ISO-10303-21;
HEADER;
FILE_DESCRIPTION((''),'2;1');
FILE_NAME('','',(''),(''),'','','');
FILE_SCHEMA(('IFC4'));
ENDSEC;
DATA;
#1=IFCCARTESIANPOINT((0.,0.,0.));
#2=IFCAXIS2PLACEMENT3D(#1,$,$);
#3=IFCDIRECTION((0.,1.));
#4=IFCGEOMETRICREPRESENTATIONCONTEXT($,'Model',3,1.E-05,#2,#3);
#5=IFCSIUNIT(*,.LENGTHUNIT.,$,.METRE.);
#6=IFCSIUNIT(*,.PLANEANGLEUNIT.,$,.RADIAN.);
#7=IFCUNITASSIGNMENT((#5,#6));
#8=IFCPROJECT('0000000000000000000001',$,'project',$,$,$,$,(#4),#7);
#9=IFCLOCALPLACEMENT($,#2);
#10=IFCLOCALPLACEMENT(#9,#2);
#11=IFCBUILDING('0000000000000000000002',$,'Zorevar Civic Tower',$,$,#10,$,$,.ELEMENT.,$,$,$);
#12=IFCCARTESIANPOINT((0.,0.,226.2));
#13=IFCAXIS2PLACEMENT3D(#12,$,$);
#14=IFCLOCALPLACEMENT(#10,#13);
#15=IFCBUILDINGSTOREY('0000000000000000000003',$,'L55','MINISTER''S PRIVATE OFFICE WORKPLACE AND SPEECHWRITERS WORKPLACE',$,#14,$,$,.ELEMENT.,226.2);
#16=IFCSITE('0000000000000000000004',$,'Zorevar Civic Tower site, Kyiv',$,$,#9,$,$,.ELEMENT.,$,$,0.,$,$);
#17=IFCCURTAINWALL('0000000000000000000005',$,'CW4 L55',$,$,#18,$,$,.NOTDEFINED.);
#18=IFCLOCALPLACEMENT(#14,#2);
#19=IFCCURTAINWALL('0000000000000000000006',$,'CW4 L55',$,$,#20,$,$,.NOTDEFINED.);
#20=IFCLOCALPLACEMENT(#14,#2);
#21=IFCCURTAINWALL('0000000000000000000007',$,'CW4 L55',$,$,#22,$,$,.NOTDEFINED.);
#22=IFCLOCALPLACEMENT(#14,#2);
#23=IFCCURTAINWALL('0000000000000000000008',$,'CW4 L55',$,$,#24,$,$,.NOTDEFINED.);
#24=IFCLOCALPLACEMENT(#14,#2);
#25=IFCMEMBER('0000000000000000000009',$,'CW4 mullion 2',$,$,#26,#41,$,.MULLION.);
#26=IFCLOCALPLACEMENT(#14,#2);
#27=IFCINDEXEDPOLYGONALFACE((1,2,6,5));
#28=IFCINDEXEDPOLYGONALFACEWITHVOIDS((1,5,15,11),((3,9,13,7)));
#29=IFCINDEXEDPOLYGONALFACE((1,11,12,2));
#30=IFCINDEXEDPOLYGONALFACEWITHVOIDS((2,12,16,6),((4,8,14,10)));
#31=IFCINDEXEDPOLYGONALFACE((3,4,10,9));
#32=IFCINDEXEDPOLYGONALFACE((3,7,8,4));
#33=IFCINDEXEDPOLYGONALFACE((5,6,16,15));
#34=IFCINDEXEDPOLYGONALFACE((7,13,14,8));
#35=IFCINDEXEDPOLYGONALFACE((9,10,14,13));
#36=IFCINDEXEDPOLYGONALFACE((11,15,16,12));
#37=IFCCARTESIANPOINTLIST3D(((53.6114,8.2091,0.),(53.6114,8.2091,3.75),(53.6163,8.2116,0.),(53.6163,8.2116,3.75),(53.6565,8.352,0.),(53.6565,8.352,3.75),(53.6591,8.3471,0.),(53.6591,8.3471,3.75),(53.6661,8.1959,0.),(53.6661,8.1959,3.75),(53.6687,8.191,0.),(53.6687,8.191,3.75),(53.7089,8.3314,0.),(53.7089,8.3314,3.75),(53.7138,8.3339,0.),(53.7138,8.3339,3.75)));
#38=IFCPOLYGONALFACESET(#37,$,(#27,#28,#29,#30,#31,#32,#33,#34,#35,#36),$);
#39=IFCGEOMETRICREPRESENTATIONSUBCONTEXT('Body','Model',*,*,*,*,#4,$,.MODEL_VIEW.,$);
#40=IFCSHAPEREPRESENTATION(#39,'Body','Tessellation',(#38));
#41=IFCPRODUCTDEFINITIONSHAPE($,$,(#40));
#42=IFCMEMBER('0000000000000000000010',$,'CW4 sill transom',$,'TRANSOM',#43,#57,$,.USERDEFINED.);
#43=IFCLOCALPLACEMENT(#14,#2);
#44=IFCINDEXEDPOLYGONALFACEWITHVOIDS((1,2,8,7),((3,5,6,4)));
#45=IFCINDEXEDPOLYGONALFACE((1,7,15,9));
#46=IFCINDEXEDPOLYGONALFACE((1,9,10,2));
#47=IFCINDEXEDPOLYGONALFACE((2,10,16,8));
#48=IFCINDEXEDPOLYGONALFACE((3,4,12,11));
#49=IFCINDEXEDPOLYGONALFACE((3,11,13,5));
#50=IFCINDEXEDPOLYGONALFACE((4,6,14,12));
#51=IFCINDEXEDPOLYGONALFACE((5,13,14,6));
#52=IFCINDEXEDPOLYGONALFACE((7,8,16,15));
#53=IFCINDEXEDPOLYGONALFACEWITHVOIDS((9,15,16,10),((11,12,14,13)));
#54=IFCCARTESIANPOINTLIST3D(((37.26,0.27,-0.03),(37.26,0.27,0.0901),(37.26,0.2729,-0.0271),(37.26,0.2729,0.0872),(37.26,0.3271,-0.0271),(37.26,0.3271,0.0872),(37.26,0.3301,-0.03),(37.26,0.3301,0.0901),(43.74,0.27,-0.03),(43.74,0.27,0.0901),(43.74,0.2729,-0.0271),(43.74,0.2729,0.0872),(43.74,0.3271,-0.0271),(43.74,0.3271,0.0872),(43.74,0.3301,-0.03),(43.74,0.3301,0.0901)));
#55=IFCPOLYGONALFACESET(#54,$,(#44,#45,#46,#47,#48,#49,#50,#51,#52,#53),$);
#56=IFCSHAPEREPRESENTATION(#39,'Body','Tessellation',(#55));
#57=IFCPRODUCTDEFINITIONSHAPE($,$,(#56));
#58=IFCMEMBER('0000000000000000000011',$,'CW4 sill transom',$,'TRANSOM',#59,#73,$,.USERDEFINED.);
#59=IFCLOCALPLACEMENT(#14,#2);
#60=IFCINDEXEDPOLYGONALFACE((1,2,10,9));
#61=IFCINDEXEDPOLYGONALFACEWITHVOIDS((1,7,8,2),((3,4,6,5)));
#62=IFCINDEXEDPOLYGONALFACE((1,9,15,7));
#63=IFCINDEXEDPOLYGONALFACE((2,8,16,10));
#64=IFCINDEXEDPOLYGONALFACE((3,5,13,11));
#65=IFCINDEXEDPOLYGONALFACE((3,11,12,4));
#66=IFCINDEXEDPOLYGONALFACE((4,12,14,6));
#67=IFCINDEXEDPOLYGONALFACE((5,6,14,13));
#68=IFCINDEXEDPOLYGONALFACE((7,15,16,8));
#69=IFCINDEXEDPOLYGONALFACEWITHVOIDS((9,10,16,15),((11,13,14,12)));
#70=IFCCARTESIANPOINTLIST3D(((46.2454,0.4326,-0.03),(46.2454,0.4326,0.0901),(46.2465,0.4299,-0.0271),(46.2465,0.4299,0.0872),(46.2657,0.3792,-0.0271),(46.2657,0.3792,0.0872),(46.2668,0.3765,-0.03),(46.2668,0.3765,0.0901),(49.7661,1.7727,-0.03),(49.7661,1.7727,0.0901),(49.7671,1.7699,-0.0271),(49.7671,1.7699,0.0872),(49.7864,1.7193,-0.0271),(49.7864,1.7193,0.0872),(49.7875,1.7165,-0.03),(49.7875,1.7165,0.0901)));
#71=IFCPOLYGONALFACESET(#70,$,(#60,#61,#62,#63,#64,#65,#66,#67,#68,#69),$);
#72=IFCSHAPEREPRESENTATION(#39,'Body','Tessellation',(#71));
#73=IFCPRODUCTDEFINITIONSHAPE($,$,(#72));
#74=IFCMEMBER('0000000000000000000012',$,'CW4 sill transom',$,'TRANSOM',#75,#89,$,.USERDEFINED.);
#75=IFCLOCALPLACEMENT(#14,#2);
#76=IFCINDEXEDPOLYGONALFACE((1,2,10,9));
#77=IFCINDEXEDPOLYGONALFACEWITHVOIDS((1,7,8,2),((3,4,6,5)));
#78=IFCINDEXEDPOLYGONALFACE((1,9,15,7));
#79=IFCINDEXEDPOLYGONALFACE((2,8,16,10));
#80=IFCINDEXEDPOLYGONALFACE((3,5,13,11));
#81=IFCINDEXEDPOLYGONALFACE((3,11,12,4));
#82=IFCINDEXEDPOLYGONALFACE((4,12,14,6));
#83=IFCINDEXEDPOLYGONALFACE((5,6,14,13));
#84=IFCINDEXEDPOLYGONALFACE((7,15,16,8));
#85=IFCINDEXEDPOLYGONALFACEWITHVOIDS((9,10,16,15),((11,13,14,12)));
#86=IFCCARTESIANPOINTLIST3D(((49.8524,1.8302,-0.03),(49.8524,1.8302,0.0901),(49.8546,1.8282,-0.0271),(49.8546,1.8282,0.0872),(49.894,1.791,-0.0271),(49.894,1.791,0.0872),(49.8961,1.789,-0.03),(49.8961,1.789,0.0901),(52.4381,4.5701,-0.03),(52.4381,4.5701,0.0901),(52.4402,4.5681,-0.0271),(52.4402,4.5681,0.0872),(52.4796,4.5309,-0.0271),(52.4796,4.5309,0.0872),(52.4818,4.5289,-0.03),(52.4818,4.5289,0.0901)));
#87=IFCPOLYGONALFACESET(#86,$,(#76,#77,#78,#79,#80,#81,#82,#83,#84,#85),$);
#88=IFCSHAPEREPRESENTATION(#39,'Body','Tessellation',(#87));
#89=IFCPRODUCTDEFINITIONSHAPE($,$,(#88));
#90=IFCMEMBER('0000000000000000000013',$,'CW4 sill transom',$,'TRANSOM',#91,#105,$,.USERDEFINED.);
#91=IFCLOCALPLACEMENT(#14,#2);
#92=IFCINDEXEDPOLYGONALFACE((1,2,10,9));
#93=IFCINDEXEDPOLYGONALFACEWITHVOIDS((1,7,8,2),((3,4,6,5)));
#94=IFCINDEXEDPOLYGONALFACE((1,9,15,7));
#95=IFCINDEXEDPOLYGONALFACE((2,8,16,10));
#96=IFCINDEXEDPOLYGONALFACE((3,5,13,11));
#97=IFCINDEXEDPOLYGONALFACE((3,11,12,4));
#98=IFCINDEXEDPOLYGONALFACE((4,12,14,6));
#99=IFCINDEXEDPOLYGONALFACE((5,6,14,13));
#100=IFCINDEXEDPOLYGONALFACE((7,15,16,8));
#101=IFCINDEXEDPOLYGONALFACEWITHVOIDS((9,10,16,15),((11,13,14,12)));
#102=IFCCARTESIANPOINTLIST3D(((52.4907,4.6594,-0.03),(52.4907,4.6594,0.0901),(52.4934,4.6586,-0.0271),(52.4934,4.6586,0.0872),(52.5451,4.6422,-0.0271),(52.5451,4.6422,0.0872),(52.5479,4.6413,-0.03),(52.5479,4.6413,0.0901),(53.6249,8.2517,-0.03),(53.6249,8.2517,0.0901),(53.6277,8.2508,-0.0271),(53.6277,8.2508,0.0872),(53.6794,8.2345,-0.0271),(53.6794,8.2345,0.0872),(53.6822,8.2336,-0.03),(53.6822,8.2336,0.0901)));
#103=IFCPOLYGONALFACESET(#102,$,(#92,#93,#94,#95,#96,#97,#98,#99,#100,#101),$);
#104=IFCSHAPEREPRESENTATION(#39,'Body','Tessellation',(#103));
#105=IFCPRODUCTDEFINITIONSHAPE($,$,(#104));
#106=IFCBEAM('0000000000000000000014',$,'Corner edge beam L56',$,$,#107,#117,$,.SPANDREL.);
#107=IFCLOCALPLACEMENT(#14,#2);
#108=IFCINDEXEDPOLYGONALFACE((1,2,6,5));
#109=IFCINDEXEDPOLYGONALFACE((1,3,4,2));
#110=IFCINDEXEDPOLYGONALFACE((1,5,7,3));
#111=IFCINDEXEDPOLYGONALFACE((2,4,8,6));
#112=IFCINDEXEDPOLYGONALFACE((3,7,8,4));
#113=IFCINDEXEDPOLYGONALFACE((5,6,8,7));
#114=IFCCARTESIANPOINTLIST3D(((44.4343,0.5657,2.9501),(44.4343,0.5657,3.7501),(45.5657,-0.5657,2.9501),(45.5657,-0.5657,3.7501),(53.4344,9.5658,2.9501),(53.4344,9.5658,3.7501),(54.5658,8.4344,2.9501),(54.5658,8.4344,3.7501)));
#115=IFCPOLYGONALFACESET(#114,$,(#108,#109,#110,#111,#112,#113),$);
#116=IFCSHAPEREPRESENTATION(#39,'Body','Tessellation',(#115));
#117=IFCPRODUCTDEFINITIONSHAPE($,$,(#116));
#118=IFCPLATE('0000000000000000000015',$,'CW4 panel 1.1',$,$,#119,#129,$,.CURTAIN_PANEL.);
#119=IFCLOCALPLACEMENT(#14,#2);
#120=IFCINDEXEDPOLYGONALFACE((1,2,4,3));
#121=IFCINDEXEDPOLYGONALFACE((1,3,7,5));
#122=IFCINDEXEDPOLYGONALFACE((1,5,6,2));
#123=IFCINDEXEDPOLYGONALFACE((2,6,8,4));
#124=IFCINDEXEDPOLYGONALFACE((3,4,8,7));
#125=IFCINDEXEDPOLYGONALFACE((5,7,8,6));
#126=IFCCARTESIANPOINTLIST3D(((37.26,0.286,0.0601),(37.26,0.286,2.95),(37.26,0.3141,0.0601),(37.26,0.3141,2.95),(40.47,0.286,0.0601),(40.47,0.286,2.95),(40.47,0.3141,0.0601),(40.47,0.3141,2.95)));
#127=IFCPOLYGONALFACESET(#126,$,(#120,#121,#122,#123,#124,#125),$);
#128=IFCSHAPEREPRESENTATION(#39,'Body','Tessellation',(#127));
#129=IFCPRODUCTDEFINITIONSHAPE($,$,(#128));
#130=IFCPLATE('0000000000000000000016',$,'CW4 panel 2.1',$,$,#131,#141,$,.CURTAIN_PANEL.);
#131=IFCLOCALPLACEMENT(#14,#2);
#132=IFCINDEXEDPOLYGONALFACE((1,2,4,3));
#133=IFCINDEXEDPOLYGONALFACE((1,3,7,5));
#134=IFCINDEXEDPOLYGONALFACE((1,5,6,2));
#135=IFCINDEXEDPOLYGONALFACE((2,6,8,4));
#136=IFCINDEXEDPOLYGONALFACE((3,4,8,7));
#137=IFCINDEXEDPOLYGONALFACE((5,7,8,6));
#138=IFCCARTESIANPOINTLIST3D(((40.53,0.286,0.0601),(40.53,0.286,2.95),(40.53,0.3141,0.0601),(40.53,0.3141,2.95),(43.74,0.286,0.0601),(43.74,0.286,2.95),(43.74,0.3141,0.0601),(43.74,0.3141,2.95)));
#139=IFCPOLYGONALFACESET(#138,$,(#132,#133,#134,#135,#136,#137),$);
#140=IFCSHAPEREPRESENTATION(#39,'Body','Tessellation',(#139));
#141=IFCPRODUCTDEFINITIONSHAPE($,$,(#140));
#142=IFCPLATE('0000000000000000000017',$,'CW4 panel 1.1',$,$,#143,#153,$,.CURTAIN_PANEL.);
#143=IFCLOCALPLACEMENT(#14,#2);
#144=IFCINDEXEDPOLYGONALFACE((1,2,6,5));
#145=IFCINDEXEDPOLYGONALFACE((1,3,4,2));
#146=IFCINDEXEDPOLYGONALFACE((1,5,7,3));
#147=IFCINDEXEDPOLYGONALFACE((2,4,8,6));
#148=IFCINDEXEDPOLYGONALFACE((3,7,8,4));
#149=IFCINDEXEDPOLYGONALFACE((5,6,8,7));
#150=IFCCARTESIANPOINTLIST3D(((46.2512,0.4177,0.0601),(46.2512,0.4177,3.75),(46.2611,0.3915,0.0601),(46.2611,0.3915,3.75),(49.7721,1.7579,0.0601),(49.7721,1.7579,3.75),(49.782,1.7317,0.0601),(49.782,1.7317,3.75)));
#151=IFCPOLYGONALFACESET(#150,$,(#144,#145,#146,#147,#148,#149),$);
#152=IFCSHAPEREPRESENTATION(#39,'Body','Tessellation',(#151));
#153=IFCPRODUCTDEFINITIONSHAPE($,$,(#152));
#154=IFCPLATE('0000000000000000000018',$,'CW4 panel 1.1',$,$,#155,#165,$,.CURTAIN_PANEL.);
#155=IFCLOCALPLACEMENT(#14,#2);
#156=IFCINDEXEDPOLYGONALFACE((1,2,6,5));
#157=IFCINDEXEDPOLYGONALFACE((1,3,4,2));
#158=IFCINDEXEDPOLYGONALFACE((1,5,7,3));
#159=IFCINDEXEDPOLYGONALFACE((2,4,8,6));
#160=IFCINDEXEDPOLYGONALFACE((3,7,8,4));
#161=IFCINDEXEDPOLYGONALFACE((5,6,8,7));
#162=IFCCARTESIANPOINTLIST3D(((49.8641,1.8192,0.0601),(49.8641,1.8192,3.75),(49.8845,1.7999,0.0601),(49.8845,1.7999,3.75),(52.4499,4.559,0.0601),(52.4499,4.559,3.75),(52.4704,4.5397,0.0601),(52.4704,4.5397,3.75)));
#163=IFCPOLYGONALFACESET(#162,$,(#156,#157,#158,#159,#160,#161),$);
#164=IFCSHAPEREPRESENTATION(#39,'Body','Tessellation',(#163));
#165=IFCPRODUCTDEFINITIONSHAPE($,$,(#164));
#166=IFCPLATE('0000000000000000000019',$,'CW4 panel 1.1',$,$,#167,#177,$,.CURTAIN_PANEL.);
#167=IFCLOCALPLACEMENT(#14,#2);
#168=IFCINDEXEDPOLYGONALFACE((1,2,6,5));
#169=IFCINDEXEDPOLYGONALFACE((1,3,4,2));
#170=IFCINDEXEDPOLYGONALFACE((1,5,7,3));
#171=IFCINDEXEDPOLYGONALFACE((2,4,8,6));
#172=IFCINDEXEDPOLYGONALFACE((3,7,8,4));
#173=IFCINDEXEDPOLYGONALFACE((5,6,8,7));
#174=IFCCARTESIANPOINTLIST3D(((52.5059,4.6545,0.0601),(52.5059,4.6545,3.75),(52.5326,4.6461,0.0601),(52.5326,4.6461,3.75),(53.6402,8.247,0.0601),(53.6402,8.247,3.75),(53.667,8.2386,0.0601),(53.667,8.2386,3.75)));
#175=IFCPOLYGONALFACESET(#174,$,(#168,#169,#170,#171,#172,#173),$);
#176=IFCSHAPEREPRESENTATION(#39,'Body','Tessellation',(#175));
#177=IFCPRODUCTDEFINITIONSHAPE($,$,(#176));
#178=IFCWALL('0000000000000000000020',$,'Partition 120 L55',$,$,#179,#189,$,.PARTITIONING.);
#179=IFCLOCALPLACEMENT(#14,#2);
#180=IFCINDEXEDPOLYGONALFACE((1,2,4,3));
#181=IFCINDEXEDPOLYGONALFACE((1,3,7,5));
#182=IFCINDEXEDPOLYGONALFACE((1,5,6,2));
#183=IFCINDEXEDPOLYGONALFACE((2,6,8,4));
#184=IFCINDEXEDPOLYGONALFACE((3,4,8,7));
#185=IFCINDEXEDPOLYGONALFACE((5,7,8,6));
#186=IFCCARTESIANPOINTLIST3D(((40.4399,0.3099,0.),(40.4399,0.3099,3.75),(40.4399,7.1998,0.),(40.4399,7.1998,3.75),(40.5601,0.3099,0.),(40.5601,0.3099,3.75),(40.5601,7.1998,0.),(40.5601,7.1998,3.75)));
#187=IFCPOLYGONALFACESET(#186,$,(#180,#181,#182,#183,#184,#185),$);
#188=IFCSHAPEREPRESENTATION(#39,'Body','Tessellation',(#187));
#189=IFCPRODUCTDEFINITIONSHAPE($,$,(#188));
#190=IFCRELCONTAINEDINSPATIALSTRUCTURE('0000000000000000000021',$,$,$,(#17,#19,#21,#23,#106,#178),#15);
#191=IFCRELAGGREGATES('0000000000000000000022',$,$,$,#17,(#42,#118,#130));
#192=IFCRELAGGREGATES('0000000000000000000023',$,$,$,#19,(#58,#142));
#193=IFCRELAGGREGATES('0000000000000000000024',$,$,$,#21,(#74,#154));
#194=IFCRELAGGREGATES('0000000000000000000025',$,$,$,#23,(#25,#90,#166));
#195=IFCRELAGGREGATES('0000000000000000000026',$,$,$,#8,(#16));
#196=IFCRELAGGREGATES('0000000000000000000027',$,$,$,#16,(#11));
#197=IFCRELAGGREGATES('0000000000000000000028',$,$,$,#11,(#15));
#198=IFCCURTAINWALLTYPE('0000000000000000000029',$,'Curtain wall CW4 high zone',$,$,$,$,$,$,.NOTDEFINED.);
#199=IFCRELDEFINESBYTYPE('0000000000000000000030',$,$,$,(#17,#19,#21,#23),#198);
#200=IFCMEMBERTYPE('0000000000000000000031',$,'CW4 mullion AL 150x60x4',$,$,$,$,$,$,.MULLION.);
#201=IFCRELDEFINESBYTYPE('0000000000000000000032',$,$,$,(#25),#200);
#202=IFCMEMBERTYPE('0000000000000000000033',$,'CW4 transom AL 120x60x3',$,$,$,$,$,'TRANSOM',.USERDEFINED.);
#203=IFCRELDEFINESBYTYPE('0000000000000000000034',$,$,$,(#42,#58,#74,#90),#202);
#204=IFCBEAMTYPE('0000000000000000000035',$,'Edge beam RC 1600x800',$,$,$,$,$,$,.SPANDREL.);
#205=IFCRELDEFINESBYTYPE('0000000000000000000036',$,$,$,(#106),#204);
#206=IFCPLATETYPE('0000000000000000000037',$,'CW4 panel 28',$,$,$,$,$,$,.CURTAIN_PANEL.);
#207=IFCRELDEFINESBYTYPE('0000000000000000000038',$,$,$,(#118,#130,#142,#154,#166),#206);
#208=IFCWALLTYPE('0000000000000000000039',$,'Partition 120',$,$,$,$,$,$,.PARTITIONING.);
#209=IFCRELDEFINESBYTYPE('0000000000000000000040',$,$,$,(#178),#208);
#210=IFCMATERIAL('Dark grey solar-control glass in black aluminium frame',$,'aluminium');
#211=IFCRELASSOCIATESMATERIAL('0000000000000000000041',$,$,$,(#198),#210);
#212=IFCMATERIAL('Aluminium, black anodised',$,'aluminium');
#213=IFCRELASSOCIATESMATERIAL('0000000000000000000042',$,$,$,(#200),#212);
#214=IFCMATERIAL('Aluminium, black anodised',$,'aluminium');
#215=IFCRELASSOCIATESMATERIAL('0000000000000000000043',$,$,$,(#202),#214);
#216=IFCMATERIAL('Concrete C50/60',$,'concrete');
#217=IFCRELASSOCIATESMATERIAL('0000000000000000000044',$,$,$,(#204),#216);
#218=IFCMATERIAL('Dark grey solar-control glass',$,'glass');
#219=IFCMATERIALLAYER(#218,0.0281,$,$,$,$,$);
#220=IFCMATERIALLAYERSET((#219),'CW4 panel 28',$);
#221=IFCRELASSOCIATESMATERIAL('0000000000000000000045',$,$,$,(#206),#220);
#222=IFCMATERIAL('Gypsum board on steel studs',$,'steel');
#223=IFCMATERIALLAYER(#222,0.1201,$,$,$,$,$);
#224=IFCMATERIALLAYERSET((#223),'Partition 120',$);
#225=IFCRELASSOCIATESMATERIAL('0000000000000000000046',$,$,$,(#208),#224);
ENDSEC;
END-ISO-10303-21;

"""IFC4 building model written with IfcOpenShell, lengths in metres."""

from ifc_helpers import new_model, si_unit, direction, frame, frame_2d, origin, origin_2d, place, context, subcontext, project, spatial, rectangle, hollow_rectangle, extrude, material, layer, layer_set, material_profile, profile_set, type_object, element, aggregate, save


model = new_model("IFC4")

# Units and contexts
model_context = context("Model", 3, precision=1e-05, world=origin(), true_north=direction((0.0, 1.0)))
body_context = subcontext(model_context, "Body", "Model", "MODEL_VIEW")
ifc_project = project(units=[si_unit("LENGTHUNIT", "METRE"), si_unit("PLANEANGLEUNIT", "RADIAN")], contexts=[model_context])

# Site, building, storey
site_placement = place(None, origin())
site = spatial("IfcSite", under=ifc_project, at=site_placement, Name="Zorevar Civic Tower site, Kyiv", CompositionType="ELEMENT", RefElevation=0.0)
building_placement = place(site_placement, origin())
building = spatial("IfcBuilding", under=site, at=building_placement, Name="Zorevar Civic Tower", CompositionType="ELEMENT")
storey_placement = place(building_placement, frame((0.0, 0.0, 226.2)))
storey = spatial("IfcBuildingStorey", under=building, at=storey_placement, Name="L55", Description="MINISTER'S PRIVATE OFFICE WORKPLACE AND SPEECHWRITERS WORKPLACE", CompositionType="ELEMENT", Elevation=226.2)

# Curtain walls, member
ifc_material_1 = material(Name="Dark grey solar-control glass in black aluminium frame", Category="aluminium")
curtain_wall_type = type_object("IfcCurtainWallType", Name="Curtain wall CW4 high zone", PredefinedType="NOTDEFINED", material=ifc_material_1)
curtain_wall_1_placement = place(storey_placement, origin())
curtain_wall_1 = element("IfcCurtainWall", 1, at=curtain_wall_1_placement, inside=storey, type_object=curtain_wall_type, Name="CW4 L55", PredefinedType="NOTDEFINED")
ifc_material_2 = material(Name="Aluminium, black anodised", Category="aluminium")
ifc_material_profile_1 = material_profile(ifc_material_2, hollow_rectangle(XDim=0.0601, YDim=0.1499, WallThickness=0.0039, at=origin_2d()), Name="AL 150x60x4")
ifc_profile_set_1 = profile_set([ifc_material_profile_1], Name="Aluminium, black anodised")
member_type_1 = type_object("IfcMemberType", Name="CW4 mullion AL 150x60x4", PredefinedType="MULLION", material=ifc_profile_set_1)
curtain_wall_2_placement = place(storey_placement, origin())
curtain_wall_2 = element("IfcCurtainWall", 2, at=curtain_wall_2_placement, inside=storey, type_object=curtain_wall_type, Name="CW4 L55", PredefinedType="NOTDEFINED")
curtain_wall_3_placement = place(storey_placement, origin())
curtain_wall_3 = element("IfcCurtainWall", 3, at=curtain_wall_3_placement, inside=storey, type_object=curtain_wall_type, Name="CW4 L55", PredefinedType="NOTDEFINED")
curtain_wall_4_placement = place(storey_placement, origin())
curtain_wall_4 = element("IfcCurtainWall", 4, at=curtain_wall_4_placement, inside=storey, type_object=curtain_wall_type, Name="CW4 L55", PredefinedType="NOTDEFINED")
member_1_placement = place(storey_placement, frame((53.6626, 8.2715, 0.0), z_axis=(0.0, 0.0, 1.0), x_axis=(-0.95359, 0.301108, 0.0)))
member_1 = element("IfcMember", 5, at=member_1_placement, type_object=member_type_1, Name="CW4 mullion 2", PredefinedType="MULLION", context=body_context, shape_type="SweptSolid", body=[
    extrude(hollow_rectangle(XDim=0.0601, YDim=0.1499, WallThickness=0.0039, at=origin_2d()), origin(), (0.0, 0.0, 1.0), 3.75),
])

# Members
ifc_material_3 = material(Name="Aluminium, black anodised", Category="aluminium")
ifc_material_profile_2 = material_profile(ifc_material_3, hollow_rectangle(XDim=0.0601, YDim=0.1201, WallThickness=0.0029, at=origin_2d()), Name="AL 120x60x3")
ifc_profile_set_2 = profile_set([ifc_material_profile_2], Name="Aluminium, black anodised")
member_type_2 = type_object("IfcMemberType", Name="CW4 transom AL 120x60x3", ElementType="TRANSOM", PredefinedType="USERDEFINED", material=ifc_profile_set_2)
member_2_placement = place(storey_placement, frame((37.26, 0.3, 0.03), z_axis=(1.0, 0.0, 0.0), x_axis=(0.0, 1.0, 0.0)))
member_2 = element("IfcMember", 6, at=member_2_placement, type_object=member_type_2, Name="CW4 sill transom", ObjectType="TRANSOM", PredefinedType="USERDEFINED", context=body_context, shape_type="SweptSolid", body=[
    extrude(hollow_rectangle(XDim=0.0601, YDim=0.1201, WallThickness=0.0029, at=origin_2d()), origin(), (0.0, 0.0, 1.0), 6.48),
])
member_3_placement = place(storey_placement, frame((46.2561, 0.4045, 0.03), z_axis=(0.934589, 0.355729, 0.0), x_axis=(-0.355729, 0.934589, 0.0)))
member_3 = element("IfcMember", 7, at=member_3_placement, type_object=member_type_2, Name="CW4 sill transom", ObjectType="TRANSOM", PredefinedType="USERDEFINED", context=body_context, shape_type="SweptSolid", body=[
    extrude(hollow_rectangle(XDim=0.0601, YDim=0.1201, WallThickness=0.0029, at=origin_2d()), origin(), (0.0, 0.0, 1.0), 3.7671),
])
member_4_placement = place(storey_placement, frame((49.8743, 1.8096, 0.03), z_axis=(0.686332, 0.727288, 0.0), x_axis=(-0.727288, 0.686332, 0.0)))
member_4 = element("IfcMember", 8, at=member_4_placement, type_object=member_type_2, Name="CW4 sill transom", ObjectType="TRANSOM", PredefinedType="USERDEFINED", context=body_context, shape_type="SweptSolid", body=[
    extrude(hollow_rectangle(XDim=0.0601, YDim=0.1201, WallThickness=0.0029, at=origin_2d()), origin(), (0.0, 0.0, 1.0), 3.7673),
])
member_5_placement = place(storey_placement, frame((52.5193, 4.6504, 0.03), z_axis=(0.3011, 0.953592, 0.0), x_axis=(-0.953592, 0.3011, 0.0)))
member_5 = element("IfcMember", 9, at=member_5_placement, type_object=member_type_2, Name="CW4 sill transom", ObjectType="TRANSOM", PredefinedType="USERDEFINED", context=body_context, shape_type="SweptSolid", body=[
    extrude(hollow_rectangle(XDim=0.0601, YDim=0.1201, WallThickness=0.0029, at=origin_2d()), origin(), (0.0, 0.0, 1.0), 3.7671),
])

# Beam
ifc_material_4 = material(Name="Concrete C50/60", Category="concrete")
ifc_material_profile_3 = material_profile(ifc_material_4, rectangle(XDim=1.6001, YDim=0.8, at=origin_2d()), Name="RC 1600x800")
ifc_profile_set_3 = profile_set([ifc_material_profile_3], Name="Concrete C50/60")
beam_type_1 = type_object("IfcBeamType", Name="Edge beam RC 1600x800", PredefinedType="SPANDREL", material=ifc_profile_set_3)
beam_1_placement = place(storey_placement, frame((45.0, 0.0, 3.3501), z_axis=(0.707107, 0.707107, 0.0), x_axis=(-0.707107, 0.707107, 0.0)))
element("IfcBeam", 10, at=beam_1_placement, inside=storey, type_object=beam_type_1, Name="Corner edge beam L56", PredefinedType="SPANDREL", context=body_context, shape_type="SweptSolid", body=[
    extrude(rectangle(XDim=1.6001, YDim=0.8, at=origin_2d()), origin(), (0.0, 0.0, 1.0), 12.728),
])

# Plates
ifc_material_5 = material(Name="Dark grey solar-control glass", Category="glass")
ifc_layer_1 = layer(ifc_material_5, 0.0281)
ifc_layer_set_1 = layer_set([ifc_layer_1], Name="CW4 panel 28")
plate_type = type_object("IfcPlateType", Name="CW4 panel 28", PredefinedType="CURTAIN_PANEL", material=ifc_layer_set_1)
plate_1_placement = place(storey_placement, frame((38.865, 0.3, 0.0601), z_axis=(0.0, 0.0, 1.0), x_axis=(1.0, 0.0, 0.0)))
plate_1 = element("IfcPlate", 11, at=plate_1_placement, type_object=plate_type, Name="CW4 panel 1.1", PredefinedType="CURTAIN_PANEL", context=body_context, shape_type="SweptSolid", body=[
    extrude(rectangle(XDim=3.21, YDim=0.0281, at=origin_2d()), origin(), (0.0, 0.0, 1.0), 2.8899),
])
plate_2_placement = place(storey_placement, frame((42.135, 0.3, 0.0601), z_axis=(0.0, 0.0, 1.0), x_axis=(1.0, 0.0, 0.0)))
plate_2 = element("IfcPlate", 12, at=plate_2_placement, type_object=plate_type, Name="CW4 panel 2.1", PredefinedType="CURTAIN_PANEL", context=body_context, shape_type="SweptSolid", body=[
    extrude(rectangle(XDim=3.21, YDim=0.0281, at=origin_2d()), origin(), (0.0, 0.0, 1.0), 2.8899),
])
aggregate(curtain_wall_1, [member_2, plate_1, plate_2])
plate_3_placement = place(storey_placement, frame((48.0166, 1.0747, 0.0601), z_axis=(0.0, 0.0, 1.0), x_axis=(0.934588, 0.355731, 0.0)))
plate_3 = element("IfcPlate", 13, at=plate_3_placement, type_object=plate_type, Name="CW4 panel 1.1", PredefinedType="CURTAIN_PANEL", context=body_context, shape_type="SweptSolid", body=[
    extrude(rectangle(XDim=3.7673, YDim=0.0281, at=origin_2d()), origin(), (0.0, 0.0, 1.0), 3.6899),
])
aggregate(curtain_wall_2, [member_3, plate_3])
plate_4_placement = place(storey_placement, frame((51.1672, 3.1794, 0.0601), z_axis=(0.0, 0.0, 1.0), x_axis=(0.686378, 0.727245, 0.0)))
plate_4 = element("IfcPlate", 14, at=plate_4_placement, type_object=plate_type, Name="CW4 panel 1.1", PredefinedType="CURTAIN_PANEL", context=body_context, shape_type="SweptSolid", body=[
    extrude(rectangle(XDim=3.7673, YDim=0.0281, at=origin_2d()), origin(), (0.0, 0.0, 1.0), 3.6899),
])
aggregate(curtain_wall_3, [member_4, plate_4])
plate_5_placement = place(storey_placement, frame((53.0864, 6.4465, 0.0601), z_axis=(0.0, 0.0, 1.0), x_axis=(0.301108, 0.95359, 0.0)))
plate_5 = element("IfcPlate", 15, at=plate_5_placement, type_object=plate_type, Name="CW4 panel 1.1", PredefinedType="CURTAIN_PANEL", context=body_context, shape_type="SweptSolid", body=[
    extrude(rectangle(XDim=3.7673, YDim=0.0281, at=origin_2d()), origin(), (0.0, 0.0, 1.0), 3.6899),
])
aggregate(curtain_wall_4, [member_1, member_5, plate_5])

# Wall
ifc_material_6 = material(Name="Gypsum board on steel studs", Category="steel")
ifc_layer_2 = layer(ifc_material_6, 0.1201)
ifc_layer_set_2 = layer_set([ifc_layer_2], Name="Partition 120")
wall_type = type_object("IfcWallType", Name="Partition 120", PredefinedType="PARTITIONING", material=ifc_layer_set_2)
wall_placement = place(storey_placement, frame((40.5, 0.3101, 0.0), z_axis=(0.0, 0.0, 1.0), x_axis=(0.0, 1.0, 0.0)))
element("IfcWall", 16, at=wall_placement, inside=storey, type_object=wall_type, Name="Partition 120 L55", PredefinedType="PARTITIONING", context=body_context, shape_type="SweptSolid", body=[
    extrude(rectangle(XDim=6.8899, YDim=0.1201, at=frame_2d((3.4448, 0.0))), origin(), (0.0, 0.0, 1.0), 3.75),
])

save(model, "model.ifc")
